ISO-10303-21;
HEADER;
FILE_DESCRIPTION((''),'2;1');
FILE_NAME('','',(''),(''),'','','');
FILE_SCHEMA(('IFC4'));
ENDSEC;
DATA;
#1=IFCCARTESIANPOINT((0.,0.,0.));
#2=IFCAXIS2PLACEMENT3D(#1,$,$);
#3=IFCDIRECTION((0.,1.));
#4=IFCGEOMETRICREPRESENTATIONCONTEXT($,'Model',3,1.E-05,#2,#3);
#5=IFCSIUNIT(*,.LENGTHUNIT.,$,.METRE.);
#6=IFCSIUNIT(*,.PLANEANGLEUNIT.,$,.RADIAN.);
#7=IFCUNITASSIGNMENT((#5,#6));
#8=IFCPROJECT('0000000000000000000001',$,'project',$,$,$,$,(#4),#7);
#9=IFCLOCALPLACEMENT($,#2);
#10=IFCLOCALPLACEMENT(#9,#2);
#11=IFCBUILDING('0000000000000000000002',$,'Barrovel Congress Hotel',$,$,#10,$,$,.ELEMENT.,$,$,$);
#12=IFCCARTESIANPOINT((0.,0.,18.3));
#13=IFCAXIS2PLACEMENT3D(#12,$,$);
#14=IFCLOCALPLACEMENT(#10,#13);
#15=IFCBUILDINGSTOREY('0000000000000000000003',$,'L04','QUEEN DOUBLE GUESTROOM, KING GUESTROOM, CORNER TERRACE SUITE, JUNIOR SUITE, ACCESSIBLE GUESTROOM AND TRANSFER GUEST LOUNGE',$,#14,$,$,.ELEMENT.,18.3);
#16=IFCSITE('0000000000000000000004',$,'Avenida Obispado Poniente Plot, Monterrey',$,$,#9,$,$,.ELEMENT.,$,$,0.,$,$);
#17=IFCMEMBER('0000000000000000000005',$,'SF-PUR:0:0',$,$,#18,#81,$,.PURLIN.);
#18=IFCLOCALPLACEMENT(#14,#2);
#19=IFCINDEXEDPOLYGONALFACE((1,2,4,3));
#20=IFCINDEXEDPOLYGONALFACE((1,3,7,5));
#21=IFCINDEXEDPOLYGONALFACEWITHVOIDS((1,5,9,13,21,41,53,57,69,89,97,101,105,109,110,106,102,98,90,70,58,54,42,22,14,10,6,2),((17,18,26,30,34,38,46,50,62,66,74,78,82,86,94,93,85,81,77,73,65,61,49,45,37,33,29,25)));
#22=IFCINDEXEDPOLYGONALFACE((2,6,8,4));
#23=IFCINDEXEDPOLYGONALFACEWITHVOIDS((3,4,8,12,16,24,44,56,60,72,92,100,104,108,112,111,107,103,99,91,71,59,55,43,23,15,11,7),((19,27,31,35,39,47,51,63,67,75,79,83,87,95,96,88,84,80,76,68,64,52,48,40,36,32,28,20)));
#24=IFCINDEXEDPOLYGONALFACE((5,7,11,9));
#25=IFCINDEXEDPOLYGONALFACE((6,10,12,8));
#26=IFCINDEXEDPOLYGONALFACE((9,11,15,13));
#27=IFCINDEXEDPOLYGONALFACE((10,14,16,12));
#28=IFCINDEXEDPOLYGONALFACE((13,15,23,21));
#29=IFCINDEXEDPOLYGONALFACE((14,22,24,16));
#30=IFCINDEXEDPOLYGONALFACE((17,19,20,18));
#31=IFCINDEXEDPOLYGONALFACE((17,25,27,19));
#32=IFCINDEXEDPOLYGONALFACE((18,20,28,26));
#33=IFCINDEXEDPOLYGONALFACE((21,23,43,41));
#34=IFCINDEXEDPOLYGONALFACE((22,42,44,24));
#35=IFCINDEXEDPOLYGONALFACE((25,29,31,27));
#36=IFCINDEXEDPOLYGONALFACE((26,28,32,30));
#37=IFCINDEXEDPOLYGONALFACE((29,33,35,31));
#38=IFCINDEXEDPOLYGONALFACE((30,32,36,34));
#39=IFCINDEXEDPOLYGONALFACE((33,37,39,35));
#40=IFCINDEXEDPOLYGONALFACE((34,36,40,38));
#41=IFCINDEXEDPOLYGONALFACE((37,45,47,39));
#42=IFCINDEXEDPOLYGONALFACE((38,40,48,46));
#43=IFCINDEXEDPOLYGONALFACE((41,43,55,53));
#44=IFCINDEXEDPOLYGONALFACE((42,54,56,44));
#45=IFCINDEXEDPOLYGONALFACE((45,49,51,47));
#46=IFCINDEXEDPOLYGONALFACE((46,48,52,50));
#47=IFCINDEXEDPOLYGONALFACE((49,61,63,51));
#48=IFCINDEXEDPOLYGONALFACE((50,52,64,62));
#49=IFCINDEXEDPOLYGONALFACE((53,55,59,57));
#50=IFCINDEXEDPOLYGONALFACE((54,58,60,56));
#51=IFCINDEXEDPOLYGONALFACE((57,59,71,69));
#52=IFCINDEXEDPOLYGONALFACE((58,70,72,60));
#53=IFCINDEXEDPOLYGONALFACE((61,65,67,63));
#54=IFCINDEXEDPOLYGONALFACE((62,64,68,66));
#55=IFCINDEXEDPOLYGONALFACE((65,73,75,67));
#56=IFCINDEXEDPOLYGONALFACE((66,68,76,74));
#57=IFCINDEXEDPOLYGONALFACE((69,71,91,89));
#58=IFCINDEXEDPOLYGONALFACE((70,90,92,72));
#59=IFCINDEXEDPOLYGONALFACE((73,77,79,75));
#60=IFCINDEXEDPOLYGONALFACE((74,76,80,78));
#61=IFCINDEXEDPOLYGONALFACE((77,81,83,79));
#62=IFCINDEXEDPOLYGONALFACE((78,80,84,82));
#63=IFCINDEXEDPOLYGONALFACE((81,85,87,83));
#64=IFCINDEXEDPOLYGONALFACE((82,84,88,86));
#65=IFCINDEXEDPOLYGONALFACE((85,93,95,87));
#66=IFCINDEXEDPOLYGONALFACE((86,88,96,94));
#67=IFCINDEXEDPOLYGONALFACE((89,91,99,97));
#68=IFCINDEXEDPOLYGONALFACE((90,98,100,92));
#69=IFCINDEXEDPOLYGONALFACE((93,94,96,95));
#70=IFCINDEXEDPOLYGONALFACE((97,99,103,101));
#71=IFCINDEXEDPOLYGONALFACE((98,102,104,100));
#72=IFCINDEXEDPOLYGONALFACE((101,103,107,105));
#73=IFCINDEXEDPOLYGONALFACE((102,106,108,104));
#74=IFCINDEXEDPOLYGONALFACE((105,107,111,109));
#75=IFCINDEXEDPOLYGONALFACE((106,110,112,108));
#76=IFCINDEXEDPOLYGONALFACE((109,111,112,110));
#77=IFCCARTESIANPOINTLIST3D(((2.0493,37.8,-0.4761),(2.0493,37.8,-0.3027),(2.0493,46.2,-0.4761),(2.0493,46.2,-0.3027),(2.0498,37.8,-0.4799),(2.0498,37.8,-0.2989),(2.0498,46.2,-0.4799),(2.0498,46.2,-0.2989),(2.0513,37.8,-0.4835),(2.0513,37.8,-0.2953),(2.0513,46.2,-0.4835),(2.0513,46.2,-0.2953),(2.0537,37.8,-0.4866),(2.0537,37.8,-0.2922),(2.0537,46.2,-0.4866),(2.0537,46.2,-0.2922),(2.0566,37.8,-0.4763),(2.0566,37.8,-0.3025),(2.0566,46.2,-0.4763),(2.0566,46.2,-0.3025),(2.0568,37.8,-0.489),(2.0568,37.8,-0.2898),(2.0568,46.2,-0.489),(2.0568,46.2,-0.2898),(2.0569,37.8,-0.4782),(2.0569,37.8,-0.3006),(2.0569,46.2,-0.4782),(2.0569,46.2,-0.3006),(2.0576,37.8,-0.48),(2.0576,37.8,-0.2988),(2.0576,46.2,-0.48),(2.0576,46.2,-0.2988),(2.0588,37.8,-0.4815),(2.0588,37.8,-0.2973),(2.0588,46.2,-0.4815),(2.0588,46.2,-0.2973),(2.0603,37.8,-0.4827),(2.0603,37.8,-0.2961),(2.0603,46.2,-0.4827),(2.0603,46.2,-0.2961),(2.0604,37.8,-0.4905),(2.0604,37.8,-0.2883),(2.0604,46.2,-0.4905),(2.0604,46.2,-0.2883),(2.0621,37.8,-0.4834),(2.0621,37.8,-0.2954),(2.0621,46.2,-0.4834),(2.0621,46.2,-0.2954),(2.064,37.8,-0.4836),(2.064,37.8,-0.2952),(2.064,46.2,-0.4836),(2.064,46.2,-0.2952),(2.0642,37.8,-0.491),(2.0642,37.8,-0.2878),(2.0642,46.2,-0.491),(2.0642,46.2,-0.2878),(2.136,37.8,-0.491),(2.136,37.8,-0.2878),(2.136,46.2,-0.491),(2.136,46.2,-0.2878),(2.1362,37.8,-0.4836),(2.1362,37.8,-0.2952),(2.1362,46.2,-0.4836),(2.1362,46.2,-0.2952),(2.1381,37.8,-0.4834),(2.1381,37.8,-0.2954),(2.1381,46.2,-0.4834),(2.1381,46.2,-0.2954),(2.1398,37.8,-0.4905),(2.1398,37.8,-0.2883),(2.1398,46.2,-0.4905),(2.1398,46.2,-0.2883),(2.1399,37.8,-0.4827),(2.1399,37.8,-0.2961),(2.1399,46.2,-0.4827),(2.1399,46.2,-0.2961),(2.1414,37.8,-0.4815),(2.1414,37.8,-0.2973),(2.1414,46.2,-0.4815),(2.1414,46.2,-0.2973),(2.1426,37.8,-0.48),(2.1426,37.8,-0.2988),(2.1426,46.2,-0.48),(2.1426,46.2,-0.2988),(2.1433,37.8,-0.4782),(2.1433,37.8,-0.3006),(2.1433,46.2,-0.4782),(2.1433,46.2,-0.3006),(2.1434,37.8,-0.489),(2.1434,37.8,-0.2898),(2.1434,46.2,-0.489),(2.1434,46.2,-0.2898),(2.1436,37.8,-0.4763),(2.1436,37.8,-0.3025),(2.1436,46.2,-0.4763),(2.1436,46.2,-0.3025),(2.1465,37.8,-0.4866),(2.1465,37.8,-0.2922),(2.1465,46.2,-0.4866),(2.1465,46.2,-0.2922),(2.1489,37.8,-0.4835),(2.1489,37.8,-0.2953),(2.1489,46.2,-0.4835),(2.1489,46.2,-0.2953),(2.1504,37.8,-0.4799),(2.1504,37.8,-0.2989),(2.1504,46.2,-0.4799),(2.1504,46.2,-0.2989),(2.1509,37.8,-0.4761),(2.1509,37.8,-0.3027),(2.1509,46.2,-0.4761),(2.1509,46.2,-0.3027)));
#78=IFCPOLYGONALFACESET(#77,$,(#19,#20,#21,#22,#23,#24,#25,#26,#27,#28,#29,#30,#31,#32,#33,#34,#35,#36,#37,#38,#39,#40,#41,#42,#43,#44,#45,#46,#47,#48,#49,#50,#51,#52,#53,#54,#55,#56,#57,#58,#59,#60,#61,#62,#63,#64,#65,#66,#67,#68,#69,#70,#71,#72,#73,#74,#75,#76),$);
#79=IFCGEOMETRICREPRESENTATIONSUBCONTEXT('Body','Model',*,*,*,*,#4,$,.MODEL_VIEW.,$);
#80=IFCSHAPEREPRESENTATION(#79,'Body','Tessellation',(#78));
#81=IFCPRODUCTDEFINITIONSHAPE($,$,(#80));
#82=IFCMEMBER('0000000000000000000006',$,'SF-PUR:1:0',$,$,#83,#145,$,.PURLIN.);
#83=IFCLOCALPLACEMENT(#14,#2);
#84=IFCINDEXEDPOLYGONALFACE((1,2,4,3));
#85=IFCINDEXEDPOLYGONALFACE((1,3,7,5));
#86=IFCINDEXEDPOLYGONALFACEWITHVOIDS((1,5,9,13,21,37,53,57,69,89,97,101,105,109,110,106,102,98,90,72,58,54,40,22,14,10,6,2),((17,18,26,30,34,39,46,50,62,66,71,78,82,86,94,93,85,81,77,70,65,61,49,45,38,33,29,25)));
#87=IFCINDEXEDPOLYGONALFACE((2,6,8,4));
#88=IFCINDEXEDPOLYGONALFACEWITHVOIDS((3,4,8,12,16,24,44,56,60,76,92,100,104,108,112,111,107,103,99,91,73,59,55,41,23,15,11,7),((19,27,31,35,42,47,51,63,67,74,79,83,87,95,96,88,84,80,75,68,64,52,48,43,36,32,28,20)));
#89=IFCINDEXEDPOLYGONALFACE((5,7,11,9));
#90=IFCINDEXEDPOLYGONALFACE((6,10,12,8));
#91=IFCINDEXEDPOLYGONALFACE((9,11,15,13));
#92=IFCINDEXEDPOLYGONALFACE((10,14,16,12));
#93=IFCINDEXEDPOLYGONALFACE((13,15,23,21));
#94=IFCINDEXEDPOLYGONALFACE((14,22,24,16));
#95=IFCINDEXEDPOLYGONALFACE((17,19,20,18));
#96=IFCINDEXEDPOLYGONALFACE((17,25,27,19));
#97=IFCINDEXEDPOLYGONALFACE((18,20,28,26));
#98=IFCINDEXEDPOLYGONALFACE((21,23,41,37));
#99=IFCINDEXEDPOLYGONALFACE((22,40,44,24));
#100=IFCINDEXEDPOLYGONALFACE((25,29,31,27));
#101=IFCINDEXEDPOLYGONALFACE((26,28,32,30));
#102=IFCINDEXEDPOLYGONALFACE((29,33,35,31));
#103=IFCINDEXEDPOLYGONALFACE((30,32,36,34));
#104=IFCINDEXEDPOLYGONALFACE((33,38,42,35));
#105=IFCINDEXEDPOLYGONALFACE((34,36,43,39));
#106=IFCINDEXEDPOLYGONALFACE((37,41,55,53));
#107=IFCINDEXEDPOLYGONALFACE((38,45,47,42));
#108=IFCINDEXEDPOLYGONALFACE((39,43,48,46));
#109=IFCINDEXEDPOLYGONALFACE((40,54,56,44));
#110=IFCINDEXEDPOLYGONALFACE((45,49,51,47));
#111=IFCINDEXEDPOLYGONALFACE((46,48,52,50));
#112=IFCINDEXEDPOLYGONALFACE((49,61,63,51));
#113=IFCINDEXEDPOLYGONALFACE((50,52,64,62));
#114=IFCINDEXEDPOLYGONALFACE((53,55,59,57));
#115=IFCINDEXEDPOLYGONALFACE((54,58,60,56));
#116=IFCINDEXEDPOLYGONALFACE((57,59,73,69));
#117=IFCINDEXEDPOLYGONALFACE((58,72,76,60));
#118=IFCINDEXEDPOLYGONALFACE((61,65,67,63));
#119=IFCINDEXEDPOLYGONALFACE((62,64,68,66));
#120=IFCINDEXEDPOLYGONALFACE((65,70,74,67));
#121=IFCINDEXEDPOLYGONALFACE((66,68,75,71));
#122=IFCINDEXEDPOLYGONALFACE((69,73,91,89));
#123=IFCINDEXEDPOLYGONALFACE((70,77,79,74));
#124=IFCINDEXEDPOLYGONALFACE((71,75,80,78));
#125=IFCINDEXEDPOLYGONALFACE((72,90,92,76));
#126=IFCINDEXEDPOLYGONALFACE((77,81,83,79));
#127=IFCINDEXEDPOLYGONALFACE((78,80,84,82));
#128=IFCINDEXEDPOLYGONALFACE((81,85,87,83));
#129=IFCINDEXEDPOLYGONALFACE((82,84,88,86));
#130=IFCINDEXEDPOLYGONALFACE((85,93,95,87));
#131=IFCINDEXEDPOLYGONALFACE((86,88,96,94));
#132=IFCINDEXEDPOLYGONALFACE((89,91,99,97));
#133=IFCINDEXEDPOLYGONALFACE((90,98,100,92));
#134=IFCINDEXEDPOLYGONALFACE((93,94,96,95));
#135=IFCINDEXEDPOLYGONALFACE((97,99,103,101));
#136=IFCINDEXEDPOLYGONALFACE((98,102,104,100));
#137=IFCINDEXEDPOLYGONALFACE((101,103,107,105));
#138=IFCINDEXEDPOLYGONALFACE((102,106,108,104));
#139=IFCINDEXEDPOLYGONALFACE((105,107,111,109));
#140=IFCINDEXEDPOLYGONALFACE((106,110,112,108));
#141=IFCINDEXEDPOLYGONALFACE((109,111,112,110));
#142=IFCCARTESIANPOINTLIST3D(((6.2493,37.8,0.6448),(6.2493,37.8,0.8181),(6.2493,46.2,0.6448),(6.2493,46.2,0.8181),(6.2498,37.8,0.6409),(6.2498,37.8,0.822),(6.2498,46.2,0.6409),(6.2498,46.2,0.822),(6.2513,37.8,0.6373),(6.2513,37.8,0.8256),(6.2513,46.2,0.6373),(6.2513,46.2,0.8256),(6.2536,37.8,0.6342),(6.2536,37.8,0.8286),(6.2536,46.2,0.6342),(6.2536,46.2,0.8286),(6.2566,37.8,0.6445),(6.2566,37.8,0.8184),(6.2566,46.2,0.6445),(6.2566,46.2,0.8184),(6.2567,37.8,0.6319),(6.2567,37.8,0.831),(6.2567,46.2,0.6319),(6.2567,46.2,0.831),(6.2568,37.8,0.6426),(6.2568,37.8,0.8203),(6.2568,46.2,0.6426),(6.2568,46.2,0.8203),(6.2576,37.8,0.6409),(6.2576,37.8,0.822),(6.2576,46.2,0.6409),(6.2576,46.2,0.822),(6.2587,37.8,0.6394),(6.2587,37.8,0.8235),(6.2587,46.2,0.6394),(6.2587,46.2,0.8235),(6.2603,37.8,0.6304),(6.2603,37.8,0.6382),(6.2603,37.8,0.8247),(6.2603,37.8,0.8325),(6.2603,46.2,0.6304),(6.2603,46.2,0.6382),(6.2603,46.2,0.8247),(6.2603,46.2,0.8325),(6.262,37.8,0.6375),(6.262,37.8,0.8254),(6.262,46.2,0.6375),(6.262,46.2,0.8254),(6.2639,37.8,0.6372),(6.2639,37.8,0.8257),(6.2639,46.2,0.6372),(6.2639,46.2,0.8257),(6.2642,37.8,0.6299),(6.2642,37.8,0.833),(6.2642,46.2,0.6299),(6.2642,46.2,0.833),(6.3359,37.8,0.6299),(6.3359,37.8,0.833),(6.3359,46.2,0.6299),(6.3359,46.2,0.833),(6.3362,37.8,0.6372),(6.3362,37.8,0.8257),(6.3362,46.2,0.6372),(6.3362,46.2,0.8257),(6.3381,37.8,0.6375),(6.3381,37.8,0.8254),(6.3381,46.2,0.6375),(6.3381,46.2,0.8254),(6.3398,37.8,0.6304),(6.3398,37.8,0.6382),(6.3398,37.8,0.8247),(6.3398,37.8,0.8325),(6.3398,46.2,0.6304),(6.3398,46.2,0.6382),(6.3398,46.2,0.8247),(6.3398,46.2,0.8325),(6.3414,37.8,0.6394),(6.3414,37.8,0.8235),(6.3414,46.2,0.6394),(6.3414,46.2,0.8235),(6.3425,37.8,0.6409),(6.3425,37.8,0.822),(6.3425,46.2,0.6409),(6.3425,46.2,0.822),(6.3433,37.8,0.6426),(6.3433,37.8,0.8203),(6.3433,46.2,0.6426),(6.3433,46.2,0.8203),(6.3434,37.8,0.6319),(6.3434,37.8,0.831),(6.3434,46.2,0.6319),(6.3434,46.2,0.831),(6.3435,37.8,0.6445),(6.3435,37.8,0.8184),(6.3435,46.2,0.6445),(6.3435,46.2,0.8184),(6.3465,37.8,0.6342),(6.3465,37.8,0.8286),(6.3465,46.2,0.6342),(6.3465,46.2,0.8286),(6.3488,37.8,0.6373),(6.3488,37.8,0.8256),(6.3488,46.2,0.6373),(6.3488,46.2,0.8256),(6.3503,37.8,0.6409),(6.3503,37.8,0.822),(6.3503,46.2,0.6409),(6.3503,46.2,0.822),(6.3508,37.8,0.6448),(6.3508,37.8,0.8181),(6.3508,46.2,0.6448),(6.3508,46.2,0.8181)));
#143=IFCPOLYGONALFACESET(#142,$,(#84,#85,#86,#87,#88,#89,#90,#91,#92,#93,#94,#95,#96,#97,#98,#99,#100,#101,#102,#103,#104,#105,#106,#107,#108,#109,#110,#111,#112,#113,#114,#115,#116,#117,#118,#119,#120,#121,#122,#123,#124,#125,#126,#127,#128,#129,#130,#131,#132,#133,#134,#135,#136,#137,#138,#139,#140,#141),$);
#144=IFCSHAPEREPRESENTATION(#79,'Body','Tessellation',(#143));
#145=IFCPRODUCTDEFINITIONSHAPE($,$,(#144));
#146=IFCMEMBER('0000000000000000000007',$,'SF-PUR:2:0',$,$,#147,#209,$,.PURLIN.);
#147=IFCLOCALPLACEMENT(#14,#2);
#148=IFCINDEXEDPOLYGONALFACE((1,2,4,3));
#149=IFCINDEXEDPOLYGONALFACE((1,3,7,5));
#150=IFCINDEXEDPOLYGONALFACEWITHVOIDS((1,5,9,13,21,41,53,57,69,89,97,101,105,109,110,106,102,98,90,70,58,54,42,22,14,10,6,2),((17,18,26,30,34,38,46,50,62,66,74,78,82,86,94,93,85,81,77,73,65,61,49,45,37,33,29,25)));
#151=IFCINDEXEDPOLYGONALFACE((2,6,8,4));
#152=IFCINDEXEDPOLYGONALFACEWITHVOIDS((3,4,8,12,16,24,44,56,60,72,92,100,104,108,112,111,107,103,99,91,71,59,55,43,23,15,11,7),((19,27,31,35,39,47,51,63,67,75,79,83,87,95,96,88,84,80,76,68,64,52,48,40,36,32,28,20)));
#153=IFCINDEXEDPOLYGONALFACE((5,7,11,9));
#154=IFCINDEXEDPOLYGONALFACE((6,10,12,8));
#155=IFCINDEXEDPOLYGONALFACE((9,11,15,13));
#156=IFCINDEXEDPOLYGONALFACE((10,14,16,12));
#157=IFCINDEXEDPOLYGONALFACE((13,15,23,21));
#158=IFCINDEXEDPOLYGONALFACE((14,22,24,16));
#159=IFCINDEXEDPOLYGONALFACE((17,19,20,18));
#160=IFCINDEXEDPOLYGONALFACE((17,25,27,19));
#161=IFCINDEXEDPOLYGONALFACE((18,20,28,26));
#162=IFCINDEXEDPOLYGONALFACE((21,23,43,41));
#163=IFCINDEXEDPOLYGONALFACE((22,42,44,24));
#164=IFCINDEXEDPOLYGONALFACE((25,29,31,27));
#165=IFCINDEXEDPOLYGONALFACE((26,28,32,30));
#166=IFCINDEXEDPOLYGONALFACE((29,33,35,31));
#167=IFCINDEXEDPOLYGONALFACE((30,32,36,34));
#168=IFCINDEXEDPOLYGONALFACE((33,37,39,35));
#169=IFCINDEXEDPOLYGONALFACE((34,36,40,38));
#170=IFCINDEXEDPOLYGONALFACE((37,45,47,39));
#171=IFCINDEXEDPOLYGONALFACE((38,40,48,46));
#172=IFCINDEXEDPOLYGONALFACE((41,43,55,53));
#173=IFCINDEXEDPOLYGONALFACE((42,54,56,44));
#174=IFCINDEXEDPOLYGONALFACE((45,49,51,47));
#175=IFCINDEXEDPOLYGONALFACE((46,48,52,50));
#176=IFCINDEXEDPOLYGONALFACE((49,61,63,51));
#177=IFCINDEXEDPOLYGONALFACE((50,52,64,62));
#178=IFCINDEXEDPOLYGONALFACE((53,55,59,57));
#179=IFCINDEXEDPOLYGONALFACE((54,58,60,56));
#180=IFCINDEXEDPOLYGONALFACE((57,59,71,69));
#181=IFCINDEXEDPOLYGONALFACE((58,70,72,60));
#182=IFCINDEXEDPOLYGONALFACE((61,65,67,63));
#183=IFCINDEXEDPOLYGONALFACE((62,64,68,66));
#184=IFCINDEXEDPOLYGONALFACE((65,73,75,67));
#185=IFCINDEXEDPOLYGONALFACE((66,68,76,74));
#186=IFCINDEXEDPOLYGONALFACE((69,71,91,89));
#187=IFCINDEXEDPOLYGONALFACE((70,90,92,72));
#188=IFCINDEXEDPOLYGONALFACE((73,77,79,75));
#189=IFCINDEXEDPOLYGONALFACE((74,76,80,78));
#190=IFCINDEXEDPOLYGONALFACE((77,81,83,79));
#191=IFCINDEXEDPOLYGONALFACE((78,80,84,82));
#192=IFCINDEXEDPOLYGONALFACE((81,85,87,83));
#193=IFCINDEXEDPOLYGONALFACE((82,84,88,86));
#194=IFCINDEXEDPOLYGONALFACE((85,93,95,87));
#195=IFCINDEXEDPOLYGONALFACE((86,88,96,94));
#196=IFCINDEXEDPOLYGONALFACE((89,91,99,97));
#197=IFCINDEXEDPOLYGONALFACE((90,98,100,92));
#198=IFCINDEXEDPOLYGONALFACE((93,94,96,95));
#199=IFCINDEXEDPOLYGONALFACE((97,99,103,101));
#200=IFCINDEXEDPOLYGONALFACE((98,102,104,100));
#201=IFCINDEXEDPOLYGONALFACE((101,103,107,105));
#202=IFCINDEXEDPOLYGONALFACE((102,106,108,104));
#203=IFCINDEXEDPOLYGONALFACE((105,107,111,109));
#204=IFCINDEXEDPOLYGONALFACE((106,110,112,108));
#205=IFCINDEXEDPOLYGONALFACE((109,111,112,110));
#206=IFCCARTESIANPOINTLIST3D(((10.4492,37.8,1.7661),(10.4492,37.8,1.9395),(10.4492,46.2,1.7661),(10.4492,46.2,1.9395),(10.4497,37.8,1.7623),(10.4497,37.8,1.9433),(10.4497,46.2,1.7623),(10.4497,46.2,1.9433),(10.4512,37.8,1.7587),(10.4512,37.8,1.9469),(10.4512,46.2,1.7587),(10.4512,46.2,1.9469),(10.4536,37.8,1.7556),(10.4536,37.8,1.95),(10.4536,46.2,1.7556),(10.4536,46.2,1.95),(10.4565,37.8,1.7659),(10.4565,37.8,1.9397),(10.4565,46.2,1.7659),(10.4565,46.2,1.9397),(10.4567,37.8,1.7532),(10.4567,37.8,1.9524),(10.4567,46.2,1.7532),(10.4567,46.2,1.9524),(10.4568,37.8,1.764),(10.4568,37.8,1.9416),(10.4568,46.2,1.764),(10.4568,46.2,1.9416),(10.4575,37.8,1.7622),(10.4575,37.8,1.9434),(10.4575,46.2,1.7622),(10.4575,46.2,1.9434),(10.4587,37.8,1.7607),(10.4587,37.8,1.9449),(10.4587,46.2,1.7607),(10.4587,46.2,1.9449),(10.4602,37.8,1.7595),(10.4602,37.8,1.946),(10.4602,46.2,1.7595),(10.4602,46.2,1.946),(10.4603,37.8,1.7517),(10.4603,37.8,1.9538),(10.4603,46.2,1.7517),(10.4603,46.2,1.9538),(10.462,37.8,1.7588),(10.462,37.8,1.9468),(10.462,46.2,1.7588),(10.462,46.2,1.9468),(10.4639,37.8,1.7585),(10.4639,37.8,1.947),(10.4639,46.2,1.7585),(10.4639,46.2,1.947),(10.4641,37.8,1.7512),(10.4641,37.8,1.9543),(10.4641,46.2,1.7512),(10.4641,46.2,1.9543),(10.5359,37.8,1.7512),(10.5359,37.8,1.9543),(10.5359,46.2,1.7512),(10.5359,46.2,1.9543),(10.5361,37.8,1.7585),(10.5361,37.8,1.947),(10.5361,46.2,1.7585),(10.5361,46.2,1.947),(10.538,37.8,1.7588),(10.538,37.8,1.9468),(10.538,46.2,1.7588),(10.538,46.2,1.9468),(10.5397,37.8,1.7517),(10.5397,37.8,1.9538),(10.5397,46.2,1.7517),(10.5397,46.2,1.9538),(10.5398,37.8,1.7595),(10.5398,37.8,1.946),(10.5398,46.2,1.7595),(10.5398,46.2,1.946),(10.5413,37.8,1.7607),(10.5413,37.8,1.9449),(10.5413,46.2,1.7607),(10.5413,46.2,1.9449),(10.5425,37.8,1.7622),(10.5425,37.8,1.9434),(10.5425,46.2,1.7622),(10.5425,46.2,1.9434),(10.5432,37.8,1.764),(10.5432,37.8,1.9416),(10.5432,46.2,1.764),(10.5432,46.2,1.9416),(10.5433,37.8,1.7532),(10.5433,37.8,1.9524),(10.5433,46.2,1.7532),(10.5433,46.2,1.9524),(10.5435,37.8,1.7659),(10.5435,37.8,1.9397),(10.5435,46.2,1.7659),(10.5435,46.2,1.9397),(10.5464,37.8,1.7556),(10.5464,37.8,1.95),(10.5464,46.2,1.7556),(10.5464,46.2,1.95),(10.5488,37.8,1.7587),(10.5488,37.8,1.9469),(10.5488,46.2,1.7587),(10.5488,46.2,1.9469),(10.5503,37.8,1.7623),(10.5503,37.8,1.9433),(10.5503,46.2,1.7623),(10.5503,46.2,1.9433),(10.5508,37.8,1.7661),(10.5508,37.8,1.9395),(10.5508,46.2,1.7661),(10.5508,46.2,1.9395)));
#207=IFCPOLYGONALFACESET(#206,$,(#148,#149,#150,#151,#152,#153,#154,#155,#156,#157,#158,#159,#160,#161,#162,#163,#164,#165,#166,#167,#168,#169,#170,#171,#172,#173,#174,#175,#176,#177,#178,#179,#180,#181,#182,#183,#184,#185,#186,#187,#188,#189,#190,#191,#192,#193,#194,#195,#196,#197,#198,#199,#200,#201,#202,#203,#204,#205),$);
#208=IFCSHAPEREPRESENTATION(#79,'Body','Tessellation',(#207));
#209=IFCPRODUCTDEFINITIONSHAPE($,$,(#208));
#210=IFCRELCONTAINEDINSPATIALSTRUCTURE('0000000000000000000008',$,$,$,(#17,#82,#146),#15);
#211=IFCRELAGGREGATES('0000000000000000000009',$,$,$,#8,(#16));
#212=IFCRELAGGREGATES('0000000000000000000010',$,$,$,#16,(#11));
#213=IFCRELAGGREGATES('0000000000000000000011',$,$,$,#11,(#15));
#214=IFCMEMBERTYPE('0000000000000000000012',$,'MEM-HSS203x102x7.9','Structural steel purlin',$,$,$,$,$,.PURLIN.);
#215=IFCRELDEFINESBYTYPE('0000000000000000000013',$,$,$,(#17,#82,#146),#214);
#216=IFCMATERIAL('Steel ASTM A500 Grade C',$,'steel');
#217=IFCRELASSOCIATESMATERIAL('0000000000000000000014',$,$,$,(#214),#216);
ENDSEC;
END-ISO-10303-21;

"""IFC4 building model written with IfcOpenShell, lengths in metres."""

from ifc_helpers import new_model, si_unit, direction, frame, origin, origin_2d, place, context, subcontext, project, spatial, hollow_rectangle, extrude, material, material_profile, profile_set, type_object, element, save


model = new_model("IFC4")

# Units and contexts
model_context = context("Model", 3, precision=1e-05, world=origin(), true_north=direction((0.0, 1.0)))
body_context = subcontext(model_context, "Body", "Model", "MODEL_VIEW")
ifc_project = project(units=[si_unit("LENGTHUNIT", "METRE"), si_unit("PLANEANGLEUNIT", "RADIAN")], contexts=[model_context])

# Site, building, storey
site_placement = place(None, origin())
site = spatial("IfcSite", under=ifc_project, at=site_placement, Name="Avenida Obispado Poniente Plot, Monterrey", CompositionType="ELEMENT", RefElevation=0.0)
building_placement = place(site_placement, origin())
building = spatial("IfcBuilding", under=site, at=building_placement, Name="Barrovel Congress Hotel", CompositionType="ELEMENT")
storey_placement = place(building_placement, frame((0.0, 0.0, 18.3)))
storey = spatial("IfcBuildingStorey", under=building, at=storey_placement, Name="L04", Description="QUEEN DOUBLE GUESTROOM, KING GUESTROOM, CORNER TERRACE SUITE, JUNIOR SUITE, ACCESSIBLE GUESTROOM AND TRANSFER GUEST LOUNGE", CompositionType="ELEMENT", Elevation=18.3)

# Members
ifc_material_1 = material(Name="Steel ASTM A500 Grade C", Category="steel")
ifc_material_profile_1 = material_profile(ifc_material_1, hollow_rectangle(XDim=0.1016, YDim=0.2031, WallThickness=0.0073, InnerFilletRadius=0.0073, OuterFilletRadius=0.0149, at=origin_2d()), Name="HSS203x102x7.9")
ifc_profile_set_1 = profile_set([ifc_material_profile_1], Name="Steel ASTM A500 Grade C")
member_type_1 = type_object("IfcMemberType", Name="MEM-HSS203x102x7.9", Description="Structural steel purlin", PredefinedType="PURLIN", material=ifc_profile_set_1)
for number, where, z_axis, x_axis, name in (
    (1, (2.1001, 37.8, -0.3894), (0.0, 1.0, 0.0), (-1.0, 0.0, 0.0), "SF-PUR:0:0"),
    (2, (6.3, 37.8, 0.7314), (0.0, 1.0, 0.0), (-1.0, 0.0, 0.0), "SF-PUR:1:0"),
    (3, (10.5, 37.8, 1.8528), (0.0, 1.0, 0.0), (-1.0, 0.0, 0.0), "SF-PUR:2:0"),
):
    element("IfcMember", number, at=place(storey_placement, frame(where, z_axis=z_axis, x_axis=x_axis)), inside=storey, type_object=member_type_1, Name=name, PredefinedType="PURLIN", context=body_context, shape_type="SweptSolid", body=[
        extrude(hollow_rectangle(XDim=0.1016, YDim=0.2031, WallThickness=0.0073, InnerFilletRadius=0.0073, OuterFilletRadius=0.0149, at=origin_2d()), origin(), (0.0, 0.0, 1.0), 8.3999),
    ])

save(model, "model.ifc")
